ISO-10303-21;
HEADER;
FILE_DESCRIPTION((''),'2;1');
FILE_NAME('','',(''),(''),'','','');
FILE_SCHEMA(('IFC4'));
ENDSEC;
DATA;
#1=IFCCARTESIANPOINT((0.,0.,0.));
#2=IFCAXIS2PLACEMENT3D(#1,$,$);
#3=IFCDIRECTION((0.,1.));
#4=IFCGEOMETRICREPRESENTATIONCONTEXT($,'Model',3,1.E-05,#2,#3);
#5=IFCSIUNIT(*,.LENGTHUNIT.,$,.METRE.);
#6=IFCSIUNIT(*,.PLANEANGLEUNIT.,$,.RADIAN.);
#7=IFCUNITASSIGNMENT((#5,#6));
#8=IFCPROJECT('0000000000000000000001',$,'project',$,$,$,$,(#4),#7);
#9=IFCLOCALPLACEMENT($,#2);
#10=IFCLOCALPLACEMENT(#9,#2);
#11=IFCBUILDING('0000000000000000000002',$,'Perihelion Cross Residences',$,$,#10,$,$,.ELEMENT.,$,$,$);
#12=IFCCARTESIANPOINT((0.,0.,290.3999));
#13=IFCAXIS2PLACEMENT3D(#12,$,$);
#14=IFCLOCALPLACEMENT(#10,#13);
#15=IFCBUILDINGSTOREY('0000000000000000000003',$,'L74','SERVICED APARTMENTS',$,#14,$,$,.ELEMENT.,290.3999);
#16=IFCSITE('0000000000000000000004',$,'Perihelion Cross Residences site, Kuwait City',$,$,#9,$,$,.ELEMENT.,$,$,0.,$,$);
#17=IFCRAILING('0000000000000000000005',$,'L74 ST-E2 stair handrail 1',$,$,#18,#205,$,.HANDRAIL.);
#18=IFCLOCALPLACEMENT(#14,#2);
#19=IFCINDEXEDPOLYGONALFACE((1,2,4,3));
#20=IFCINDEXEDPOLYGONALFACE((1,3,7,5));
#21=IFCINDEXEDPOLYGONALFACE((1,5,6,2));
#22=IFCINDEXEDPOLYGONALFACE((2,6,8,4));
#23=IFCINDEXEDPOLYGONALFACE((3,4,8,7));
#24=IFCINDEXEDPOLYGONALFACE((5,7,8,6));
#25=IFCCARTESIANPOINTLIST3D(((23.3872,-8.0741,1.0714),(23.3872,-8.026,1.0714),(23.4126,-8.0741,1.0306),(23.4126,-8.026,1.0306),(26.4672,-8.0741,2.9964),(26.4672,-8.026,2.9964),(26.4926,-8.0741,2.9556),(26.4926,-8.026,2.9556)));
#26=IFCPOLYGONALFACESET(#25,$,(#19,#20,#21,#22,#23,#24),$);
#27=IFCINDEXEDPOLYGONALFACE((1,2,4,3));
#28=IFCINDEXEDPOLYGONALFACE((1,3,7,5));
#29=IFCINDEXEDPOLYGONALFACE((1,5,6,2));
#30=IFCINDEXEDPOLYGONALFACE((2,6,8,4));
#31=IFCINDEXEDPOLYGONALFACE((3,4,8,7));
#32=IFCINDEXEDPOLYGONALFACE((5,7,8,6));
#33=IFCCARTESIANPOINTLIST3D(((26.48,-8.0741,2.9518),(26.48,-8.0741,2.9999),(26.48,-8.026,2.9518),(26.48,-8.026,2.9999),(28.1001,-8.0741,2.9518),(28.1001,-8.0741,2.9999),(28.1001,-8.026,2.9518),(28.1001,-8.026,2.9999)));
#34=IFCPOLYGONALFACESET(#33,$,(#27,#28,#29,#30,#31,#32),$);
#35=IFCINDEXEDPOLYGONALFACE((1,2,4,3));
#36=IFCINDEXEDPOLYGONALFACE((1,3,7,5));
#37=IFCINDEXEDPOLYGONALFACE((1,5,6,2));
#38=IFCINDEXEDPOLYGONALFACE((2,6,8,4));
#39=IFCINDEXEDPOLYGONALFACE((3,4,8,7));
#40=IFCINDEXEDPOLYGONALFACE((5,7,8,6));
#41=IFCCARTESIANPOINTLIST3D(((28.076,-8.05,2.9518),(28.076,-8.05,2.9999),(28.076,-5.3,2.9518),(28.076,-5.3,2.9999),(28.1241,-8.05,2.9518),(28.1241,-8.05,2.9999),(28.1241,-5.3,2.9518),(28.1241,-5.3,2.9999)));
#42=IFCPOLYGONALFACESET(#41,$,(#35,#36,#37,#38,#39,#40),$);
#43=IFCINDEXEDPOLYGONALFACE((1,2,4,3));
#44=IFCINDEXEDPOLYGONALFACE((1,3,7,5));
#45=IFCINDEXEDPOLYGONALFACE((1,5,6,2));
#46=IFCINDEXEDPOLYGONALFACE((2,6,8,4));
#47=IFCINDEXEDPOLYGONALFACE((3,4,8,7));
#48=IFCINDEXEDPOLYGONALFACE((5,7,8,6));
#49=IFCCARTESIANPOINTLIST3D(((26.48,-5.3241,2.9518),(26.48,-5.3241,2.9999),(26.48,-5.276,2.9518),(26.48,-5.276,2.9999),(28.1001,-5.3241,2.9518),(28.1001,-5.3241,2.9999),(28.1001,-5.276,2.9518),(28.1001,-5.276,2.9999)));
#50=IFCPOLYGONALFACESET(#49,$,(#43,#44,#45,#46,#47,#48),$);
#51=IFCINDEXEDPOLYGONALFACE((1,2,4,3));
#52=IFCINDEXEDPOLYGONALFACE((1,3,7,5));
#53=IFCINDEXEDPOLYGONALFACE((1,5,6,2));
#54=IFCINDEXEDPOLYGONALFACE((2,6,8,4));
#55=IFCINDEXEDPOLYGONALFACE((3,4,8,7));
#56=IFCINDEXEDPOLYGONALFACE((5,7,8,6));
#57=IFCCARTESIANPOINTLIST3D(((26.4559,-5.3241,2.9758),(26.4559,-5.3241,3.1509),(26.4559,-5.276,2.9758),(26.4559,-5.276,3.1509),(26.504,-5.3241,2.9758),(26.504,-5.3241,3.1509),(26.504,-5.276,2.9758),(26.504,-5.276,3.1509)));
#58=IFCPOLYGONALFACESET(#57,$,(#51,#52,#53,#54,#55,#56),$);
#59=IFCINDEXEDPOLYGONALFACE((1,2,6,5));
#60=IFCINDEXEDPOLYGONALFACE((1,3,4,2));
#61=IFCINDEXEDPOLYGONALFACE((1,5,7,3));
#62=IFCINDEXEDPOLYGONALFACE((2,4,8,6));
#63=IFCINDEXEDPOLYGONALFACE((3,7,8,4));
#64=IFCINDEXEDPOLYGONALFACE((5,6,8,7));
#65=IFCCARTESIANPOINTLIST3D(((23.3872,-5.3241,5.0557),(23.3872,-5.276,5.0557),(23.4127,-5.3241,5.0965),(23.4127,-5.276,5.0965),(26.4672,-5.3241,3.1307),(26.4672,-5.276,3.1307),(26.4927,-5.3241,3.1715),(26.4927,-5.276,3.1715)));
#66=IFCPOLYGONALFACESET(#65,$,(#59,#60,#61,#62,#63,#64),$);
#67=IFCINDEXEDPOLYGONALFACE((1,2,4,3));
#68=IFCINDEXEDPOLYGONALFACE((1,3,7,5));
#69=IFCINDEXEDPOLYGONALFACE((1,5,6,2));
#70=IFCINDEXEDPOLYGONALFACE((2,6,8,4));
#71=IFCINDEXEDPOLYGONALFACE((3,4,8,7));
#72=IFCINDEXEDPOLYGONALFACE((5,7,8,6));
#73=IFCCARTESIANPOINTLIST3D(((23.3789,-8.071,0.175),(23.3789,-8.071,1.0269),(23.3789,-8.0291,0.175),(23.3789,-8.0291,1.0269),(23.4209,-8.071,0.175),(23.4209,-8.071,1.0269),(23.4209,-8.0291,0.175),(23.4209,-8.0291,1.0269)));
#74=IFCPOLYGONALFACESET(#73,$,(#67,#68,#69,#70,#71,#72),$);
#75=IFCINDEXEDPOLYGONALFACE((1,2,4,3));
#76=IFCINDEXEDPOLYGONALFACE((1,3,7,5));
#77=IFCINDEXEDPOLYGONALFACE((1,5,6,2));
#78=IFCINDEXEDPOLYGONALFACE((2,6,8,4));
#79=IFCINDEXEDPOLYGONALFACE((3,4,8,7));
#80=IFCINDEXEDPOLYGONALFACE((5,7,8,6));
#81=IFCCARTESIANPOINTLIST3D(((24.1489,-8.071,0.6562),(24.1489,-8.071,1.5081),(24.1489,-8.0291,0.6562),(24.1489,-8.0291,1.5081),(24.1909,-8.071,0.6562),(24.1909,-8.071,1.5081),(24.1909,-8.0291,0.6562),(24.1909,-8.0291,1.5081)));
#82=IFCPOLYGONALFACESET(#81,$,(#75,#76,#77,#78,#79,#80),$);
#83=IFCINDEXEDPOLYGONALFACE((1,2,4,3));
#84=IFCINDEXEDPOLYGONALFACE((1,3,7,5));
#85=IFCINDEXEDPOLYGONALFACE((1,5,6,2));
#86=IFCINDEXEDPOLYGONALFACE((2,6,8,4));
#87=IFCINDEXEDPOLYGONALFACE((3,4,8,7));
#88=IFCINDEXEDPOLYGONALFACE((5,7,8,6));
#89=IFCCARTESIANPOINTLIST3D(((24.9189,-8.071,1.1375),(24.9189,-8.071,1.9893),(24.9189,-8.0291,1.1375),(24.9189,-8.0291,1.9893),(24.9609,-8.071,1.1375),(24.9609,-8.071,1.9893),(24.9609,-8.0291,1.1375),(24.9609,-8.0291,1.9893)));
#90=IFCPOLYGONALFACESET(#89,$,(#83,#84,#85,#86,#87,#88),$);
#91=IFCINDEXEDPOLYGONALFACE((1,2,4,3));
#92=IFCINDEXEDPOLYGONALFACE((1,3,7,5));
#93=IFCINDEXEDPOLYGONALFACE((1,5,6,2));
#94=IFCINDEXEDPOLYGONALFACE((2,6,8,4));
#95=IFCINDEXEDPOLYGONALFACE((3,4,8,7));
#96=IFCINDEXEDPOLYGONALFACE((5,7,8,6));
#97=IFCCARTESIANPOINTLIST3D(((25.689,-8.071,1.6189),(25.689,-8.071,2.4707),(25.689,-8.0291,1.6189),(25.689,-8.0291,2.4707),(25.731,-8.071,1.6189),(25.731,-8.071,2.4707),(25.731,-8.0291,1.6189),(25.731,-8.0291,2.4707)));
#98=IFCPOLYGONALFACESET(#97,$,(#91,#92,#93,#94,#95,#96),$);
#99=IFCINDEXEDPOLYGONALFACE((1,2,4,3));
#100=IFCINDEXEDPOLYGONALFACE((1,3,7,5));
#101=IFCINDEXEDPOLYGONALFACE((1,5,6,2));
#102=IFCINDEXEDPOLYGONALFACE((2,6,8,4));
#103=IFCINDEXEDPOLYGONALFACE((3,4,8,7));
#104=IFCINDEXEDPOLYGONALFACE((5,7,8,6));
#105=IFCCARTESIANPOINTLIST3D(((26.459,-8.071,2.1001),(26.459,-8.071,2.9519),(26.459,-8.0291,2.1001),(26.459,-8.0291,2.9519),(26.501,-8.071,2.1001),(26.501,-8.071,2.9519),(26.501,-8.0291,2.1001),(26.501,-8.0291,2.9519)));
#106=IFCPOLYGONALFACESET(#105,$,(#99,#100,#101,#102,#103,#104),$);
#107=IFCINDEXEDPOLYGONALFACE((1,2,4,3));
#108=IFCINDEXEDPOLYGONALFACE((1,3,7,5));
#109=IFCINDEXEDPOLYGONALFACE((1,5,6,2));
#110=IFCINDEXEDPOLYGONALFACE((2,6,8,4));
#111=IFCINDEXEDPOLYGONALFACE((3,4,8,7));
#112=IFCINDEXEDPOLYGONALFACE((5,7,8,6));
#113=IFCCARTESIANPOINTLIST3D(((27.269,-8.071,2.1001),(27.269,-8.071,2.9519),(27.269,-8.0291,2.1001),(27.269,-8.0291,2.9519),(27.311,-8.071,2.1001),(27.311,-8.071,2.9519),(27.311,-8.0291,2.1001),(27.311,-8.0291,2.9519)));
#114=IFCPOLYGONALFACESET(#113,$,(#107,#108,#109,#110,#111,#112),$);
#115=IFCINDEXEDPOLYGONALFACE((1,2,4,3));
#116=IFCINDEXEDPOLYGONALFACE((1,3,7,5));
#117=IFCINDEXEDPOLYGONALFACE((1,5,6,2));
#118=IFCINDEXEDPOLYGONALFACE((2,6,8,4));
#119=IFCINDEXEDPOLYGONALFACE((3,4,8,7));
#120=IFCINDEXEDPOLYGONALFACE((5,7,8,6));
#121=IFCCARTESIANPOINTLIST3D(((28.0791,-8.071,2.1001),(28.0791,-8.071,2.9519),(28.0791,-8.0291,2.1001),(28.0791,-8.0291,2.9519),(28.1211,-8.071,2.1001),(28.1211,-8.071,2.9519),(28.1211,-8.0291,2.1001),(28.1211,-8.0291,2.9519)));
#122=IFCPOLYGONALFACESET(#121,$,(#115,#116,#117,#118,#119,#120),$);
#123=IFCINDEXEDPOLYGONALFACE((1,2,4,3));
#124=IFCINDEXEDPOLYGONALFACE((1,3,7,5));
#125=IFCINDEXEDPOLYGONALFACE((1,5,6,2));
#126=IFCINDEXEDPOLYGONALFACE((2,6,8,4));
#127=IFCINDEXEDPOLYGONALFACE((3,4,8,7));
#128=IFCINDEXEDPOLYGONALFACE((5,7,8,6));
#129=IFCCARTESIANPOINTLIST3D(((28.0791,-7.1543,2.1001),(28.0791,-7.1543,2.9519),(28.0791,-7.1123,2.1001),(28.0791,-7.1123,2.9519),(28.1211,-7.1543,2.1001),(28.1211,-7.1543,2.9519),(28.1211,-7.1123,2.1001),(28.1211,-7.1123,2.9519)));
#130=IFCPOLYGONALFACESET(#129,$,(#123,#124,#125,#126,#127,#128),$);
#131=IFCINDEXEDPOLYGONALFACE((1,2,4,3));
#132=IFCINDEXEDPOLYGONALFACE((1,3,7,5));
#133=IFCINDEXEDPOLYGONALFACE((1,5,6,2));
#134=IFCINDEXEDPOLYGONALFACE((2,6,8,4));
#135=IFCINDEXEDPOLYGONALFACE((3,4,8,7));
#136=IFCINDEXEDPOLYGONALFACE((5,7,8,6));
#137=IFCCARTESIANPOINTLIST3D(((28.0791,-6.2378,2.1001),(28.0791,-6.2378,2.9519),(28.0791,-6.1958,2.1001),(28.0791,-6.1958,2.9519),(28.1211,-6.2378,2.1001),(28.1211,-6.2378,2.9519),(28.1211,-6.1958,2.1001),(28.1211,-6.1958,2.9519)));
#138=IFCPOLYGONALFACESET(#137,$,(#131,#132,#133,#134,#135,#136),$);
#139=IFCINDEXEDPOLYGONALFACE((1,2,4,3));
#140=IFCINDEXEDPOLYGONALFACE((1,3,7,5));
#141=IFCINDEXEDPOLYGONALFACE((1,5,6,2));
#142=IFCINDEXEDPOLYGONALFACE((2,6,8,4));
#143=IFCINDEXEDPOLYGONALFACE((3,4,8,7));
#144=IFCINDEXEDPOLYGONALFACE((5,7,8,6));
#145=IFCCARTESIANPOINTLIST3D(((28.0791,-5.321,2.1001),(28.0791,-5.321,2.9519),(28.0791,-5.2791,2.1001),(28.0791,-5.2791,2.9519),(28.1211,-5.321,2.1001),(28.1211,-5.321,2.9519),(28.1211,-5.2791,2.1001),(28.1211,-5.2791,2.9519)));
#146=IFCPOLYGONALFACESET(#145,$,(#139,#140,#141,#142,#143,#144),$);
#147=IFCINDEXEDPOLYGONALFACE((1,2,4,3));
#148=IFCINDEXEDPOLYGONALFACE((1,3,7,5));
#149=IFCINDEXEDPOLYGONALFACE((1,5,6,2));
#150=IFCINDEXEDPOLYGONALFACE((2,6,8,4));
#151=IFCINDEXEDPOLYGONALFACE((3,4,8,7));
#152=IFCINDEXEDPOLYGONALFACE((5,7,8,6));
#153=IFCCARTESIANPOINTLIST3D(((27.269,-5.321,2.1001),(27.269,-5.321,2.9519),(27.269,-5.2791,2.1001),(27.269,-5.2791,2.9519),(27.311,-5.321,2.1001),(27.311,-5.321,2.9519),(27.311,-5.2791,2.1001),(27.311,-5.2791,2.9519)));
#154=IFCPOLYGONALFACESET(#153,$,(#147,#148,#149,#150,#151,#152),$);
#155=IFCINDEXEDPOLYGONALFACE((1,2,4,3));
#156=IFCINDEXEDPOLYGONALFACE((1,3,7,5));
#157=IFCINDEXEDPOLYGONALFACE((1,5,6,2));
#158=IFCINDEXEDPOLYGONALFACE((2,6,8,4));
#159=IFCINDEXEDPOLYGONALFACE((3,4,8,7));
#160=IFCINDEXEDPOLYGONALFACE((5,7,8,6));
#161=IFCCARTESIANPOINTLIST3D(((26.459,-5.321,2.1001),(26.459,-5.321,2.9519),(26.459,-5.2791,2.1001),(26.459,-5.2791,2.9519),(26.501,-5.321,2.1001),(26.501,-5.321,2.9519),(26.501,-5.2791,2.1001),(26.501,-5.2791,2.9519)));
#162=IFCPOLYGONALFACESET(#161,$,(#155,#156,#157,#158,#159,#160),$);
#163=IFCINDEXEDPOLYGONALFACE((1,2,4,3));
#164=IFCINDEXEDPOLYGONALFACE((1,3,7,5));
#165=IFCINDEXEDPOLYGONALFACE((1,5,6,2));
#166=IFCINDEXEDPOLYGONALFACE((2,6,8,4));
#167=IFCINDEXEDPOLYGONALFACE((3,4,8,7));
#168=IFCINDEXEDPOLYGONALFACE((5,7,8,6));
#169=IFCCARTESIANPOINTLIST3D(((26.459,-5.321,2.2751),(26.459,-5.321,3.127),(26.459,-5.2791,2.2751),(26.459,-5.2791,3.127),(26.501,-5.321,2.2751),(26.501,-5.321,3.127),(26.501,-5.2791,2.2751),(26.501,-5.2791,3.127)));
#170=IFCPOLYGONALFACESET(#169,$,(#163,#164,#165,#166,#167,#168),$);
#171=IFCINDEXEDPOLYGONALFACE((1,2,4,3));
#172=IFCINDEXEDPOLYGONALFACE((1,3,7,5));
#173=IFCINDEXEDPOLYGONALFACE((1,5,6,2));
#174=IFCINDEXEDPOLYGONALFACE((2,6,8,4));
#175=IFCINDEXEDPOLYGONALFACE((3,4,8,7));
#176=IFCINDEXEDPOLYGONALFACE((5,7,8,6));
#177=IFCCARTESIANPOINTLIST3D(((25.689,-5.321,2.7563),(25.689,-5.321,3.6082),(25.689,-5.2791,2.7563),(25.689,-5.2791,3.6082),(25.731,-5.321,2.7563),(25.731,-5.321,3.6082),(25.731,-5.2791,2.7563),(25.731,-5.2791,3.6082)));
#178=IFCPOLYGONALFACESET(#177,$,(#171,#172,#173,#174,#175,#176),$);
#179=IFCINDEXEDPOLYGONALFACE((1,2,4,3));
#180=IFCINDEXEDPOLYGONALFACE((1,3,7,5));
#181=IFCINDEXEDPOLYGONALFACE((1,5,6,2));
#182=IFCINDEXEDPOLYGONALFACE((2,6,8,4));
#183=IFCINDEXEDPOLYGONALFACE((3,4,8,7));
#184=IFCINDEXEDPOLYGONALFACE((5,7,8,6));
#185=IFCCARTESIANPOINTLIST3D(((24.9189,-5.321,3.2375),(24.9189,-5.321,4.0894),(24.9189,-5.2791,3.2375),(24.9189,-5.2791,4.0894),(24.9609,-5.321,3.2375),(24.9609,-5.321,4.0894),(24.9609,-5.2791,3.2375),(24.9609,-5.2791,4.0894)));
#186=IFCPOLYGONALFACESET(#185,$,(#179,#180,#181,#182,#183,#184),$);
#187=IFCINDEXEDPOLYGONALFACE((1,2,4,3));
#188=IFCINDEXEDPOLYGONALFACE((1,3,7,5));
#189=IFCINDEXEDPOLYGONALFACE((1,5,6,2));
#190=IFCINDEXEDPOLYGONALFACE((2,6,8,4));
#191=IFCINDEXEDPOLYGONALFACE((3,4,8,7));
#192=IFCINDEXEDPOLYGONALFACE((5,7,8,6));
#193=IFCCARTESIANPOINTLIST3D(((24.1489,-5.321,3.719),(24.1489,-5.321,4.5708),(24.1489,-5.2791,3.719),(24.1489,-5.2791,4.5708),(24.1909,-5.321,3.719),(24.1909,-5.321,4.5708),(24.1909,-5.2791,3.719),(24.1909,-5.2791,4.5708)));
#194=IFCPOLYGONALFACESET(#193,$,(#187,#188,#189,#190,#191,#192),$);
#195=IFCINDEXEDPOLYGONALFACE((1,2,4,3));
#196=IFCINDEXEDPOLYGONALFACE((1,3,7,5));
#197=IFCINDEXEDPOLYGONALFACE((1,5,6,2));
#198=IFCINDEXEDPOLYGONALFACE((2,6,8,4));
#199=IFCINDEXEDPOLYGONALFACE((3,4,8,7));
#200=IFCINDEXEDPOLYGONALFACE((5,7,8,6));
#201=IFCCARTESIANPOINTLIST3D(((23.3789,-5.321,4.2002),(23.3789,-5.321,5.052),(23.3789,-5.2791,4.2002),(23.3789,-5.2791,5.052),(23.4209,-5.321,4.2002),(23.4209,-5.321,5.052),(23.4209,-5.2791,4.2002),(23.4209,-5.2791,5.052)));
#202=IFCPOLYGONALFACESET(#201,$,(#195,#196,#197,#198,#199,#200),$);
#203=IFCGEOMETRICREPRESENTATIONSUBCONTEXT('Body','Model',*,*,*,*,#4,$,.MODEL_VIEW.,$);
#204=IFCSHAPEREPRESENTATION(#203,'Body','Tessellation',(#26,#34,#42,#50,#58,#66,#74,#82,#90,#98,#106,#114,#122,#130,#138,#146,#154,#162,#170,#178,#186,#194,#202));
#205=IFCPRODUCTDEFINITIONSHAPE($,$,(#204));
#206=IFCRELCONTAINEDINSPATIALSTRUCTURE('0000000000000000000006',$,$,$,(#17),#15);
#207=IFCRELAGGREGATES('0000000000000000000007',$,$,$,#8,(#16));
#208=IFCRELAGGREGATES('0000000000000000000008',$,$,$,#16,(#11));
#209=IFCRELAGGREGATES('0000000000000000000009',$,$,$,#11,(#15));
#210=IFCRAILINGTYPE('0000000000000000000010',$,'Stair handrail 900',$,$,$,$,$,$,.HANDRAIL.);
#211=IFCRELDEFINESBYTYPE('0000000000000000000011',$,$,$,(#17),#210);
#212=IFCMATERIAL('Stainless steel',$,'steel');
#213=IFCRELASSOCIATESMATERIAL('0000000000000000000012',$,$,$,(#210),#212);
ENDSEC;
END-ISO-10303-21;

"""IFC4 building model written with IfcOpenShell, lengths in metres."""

from ifc_helpers import new_model, si_unit, direction, frame, origin, origin_2d, place, context, subcontext, project, spatial, rectangle, extrude, material, type_object, element, save


model = new_model("IFC4")

# Units and contexts
model_context = context("Model", 3, precision=1e-05, world=origin(), true_north=direction((0.0, 1.0)))
body_context = subcontext(model_context, "Body", "Model", "MODEL_VIEW")
ifc_project = project(units=[si_unit("LENGTHUNIT", "METRE"), si_unit("PLANEANGLEUNIT", "RADIAN")], contexts=[model_context])

# Site, building, storey
site_placement = place(None, origin())
site = spatial("IfcSite", under=ifc_project, at=site_placement, Name="Perihelion Cross Residences site, Kuwait City", CompositionType="ELEMENT", RefElevation=0.0)
building_placement = place(site_placement, origin())
building = spatial("IfcBuilding", under=site, at=building_placement, Name="Perihelion Cross Residences", CompositionType="ELEMENT")
storey_placement = place(building_placement, frame((0.0, 0.0, 290.3999)))
storey = spatial("IfcBuildingStorey", under=building, at=storey_placement, Name="L74", Description="SERVICED APARTMENTS", CompositionType="ELEMENT", Elevation=290.3999)

# Railing
ifc_material_1 = material(Name="Stainless steel", Category="steel")
railing_type_1 = type_object("IfcRailingType", Name="Stair handrail 900", PredefinedType="HANDRAIL", material=ifc_material_1)
railing_1_placement = place(storey_placement, frame((23.3999, -8.05, 0.175)))
element("IfcRailing", 1, at=railing_1_placement, inside=storey, type_object=railing_type_1, Name="L74 ST-E2 stair handrail 1", PredefinedType="HANDRAIL", context=body_context, shape_type="SweptSolid", body=[
    extrude(rectangle(XDim=0.0481, YDim=0.0481, at=origin_2d()), frame((0.0, 0.0, 0.876), z_axis=(0.847998, 0.0, 0.529999), x_axis=(0.0, 1.0, 0.0)), (0.0, 0.0, 1.0), 3.6321),
    extrude(rectangle(XDim=0.0481, YDim=0.0481, at=origin_2d()), frame((3.0801, 0.0, 2.8008), z_axis=(1.0, 0.0, 0.0), x_axis=(0.0, 1.0, 0.0)), (0.0, 0.0, 1.0), 1.6201),
    extrude(rectangle(XDim=0.0481, YDim=0.0481, at=origin_2d()), frame((4.7002, 0.0, 2.8008), z_axis=(0.0, 1.0, 0.0), x_axis=(-1.0, 0.0, 0.0)), (0.0, 0.0, 1.0), 2.75),
    extrude(rectangle(XDim=0.0481, YDim=0.0481, at=origin_2d()), frame((4.7002, 2.75, 2.8008), z_axis=(-1.0, 0.0, 0.0), x_axis=(0.0, -1.0, 0.0)), (0.0, 0.0, 1.0), 1.6201),
    extrude(rectangle(XDim=0.0481, YDim=0.0481, at=origin_2d()), frame((3.0801, 2.75, 2.8008), z_axis=(0.0, 0.0, 1.0), x_axis=(1.0, 0.0, 0.0)), (0.0, 0.0, 1.0), 0.175),
    extrude(rectangle(XDim=0.0481, YDim=0.0481, at=origin_2d()), frame((3.0801, 2.75, 2.9761), z_axis=(-0.847998, 0.0, 0.529999), x_axis=(0.0, -1.0, 0.0)), (0.0, 0.0, 1.0), 3.6321),
    extrude(rectangle(XDim=0.042, YDim=0.042, at=origin_2d()), origin(), (0.0, 0.0, 1.0), 0.8518),
    extrude(rectangle(XDim=0.042, YDim=0.042, at=origin_2d()), frame((0.77, 0.0, 0.4812)), (0.0, 0.0, 1.0), 0.8518),
    extrude(rectangle(XDim=0.042, YDim=0.042, at=origin_2d()), frame((1.54, 0.0, 0.9624)), (0.0, 0.0, 1.0), 0.8518),
    extrude(rectangle(XDim=0.042, YDim=0.042, at=origin_2d()), frame((2.3101, 0.0, 1.4438)), (0.0, 0.0, 1.0), 0.8518),
    extrude(rectangle(XDim=0.042, YDim=0.042, at=origin_2d()), frame((3.0801, 0.0, 1.925)), (0.0, 0.0, 1.0), 0.8518),
    extrude(rectangle(XDim=0.042, YDim=0.042, at=origin_2d()), frame((3.8901, 0.0, 1.925)), (0.0, 0.0, 1.0), 0.8518),
    extrude(rectangle(XDim=0.042, YDim=0.042, at=origin_2d()), frame((4.7002, 0.0, 1.925)), (0.0, 0.0, 1.0), 0.8518),
    extrude(rectangle(XDim=0.042, YDim=0.042, at=origin_2d()), frame((4.7002, 0.9167, 1.925)), (0.0, 0.0, 1.0), 0.8518),
    extrude(rectangle(XDim=0.042, YDim=0.042, at=origin_2d()), frame((4.7002, 1.8333, 1.925)), (0.0, 0.0, 1.0), 0.8518),
    extrude(rectangle(XDim=0.042, YDim=0.042, at=origin_2d()), frame((4.7002, 2.75, 1.925)), (0.0, 0.0, 1.0), 0.8518),
    extrude(rectangle(XDim=0.042, YDim=0.042, at=origin_2d()), frame((3.8901, 2.75, 1.925)), (0.0, 0.0, 1.0), 0.8518),
    extrude(rectangle(XDim=0.042, YDim=0.042, at=origin_2d()), frame((3.0801, 2.75, 1.925)), (0.0, 0.0, 1.0), 0.8518),
    extrude(rectangle(XDim=0.042, YDim=0.042, at=origin_2d()), frame((3.0801, 2.75, 2.1001)), (0.0, 0.0, 1.0), 0.8518),
    extrude(rectangle(XDim=0.042, YDim=0.042, at=origin_2d()), frame((2.3101, 2.75, 2.5813)), (0.0, 0.0, 1.0), 0.8518),
    extrude(rectangle(XDim=0.042, YDim=0.042, at=origin_2d()), frame((1.54, 2.75, 3.0625)), (0.0, 0.0, 1.0), 0.8518),
    extrude(rectangle(XDim=0.042, YDim=0.042, at=origin_2d()), frame((0.77, 2.75, 3.5439)), (0.0, 0.0, 1.0), 0.8518),
    extrude(rectangle(XDim=0.042, YDim=0.042, at=origin_2d()), frame((0.0, 2.75, 4.0251)), (0.0, 0.0, 1.0), 0.8518),
])

save(model, "model.ifc")
